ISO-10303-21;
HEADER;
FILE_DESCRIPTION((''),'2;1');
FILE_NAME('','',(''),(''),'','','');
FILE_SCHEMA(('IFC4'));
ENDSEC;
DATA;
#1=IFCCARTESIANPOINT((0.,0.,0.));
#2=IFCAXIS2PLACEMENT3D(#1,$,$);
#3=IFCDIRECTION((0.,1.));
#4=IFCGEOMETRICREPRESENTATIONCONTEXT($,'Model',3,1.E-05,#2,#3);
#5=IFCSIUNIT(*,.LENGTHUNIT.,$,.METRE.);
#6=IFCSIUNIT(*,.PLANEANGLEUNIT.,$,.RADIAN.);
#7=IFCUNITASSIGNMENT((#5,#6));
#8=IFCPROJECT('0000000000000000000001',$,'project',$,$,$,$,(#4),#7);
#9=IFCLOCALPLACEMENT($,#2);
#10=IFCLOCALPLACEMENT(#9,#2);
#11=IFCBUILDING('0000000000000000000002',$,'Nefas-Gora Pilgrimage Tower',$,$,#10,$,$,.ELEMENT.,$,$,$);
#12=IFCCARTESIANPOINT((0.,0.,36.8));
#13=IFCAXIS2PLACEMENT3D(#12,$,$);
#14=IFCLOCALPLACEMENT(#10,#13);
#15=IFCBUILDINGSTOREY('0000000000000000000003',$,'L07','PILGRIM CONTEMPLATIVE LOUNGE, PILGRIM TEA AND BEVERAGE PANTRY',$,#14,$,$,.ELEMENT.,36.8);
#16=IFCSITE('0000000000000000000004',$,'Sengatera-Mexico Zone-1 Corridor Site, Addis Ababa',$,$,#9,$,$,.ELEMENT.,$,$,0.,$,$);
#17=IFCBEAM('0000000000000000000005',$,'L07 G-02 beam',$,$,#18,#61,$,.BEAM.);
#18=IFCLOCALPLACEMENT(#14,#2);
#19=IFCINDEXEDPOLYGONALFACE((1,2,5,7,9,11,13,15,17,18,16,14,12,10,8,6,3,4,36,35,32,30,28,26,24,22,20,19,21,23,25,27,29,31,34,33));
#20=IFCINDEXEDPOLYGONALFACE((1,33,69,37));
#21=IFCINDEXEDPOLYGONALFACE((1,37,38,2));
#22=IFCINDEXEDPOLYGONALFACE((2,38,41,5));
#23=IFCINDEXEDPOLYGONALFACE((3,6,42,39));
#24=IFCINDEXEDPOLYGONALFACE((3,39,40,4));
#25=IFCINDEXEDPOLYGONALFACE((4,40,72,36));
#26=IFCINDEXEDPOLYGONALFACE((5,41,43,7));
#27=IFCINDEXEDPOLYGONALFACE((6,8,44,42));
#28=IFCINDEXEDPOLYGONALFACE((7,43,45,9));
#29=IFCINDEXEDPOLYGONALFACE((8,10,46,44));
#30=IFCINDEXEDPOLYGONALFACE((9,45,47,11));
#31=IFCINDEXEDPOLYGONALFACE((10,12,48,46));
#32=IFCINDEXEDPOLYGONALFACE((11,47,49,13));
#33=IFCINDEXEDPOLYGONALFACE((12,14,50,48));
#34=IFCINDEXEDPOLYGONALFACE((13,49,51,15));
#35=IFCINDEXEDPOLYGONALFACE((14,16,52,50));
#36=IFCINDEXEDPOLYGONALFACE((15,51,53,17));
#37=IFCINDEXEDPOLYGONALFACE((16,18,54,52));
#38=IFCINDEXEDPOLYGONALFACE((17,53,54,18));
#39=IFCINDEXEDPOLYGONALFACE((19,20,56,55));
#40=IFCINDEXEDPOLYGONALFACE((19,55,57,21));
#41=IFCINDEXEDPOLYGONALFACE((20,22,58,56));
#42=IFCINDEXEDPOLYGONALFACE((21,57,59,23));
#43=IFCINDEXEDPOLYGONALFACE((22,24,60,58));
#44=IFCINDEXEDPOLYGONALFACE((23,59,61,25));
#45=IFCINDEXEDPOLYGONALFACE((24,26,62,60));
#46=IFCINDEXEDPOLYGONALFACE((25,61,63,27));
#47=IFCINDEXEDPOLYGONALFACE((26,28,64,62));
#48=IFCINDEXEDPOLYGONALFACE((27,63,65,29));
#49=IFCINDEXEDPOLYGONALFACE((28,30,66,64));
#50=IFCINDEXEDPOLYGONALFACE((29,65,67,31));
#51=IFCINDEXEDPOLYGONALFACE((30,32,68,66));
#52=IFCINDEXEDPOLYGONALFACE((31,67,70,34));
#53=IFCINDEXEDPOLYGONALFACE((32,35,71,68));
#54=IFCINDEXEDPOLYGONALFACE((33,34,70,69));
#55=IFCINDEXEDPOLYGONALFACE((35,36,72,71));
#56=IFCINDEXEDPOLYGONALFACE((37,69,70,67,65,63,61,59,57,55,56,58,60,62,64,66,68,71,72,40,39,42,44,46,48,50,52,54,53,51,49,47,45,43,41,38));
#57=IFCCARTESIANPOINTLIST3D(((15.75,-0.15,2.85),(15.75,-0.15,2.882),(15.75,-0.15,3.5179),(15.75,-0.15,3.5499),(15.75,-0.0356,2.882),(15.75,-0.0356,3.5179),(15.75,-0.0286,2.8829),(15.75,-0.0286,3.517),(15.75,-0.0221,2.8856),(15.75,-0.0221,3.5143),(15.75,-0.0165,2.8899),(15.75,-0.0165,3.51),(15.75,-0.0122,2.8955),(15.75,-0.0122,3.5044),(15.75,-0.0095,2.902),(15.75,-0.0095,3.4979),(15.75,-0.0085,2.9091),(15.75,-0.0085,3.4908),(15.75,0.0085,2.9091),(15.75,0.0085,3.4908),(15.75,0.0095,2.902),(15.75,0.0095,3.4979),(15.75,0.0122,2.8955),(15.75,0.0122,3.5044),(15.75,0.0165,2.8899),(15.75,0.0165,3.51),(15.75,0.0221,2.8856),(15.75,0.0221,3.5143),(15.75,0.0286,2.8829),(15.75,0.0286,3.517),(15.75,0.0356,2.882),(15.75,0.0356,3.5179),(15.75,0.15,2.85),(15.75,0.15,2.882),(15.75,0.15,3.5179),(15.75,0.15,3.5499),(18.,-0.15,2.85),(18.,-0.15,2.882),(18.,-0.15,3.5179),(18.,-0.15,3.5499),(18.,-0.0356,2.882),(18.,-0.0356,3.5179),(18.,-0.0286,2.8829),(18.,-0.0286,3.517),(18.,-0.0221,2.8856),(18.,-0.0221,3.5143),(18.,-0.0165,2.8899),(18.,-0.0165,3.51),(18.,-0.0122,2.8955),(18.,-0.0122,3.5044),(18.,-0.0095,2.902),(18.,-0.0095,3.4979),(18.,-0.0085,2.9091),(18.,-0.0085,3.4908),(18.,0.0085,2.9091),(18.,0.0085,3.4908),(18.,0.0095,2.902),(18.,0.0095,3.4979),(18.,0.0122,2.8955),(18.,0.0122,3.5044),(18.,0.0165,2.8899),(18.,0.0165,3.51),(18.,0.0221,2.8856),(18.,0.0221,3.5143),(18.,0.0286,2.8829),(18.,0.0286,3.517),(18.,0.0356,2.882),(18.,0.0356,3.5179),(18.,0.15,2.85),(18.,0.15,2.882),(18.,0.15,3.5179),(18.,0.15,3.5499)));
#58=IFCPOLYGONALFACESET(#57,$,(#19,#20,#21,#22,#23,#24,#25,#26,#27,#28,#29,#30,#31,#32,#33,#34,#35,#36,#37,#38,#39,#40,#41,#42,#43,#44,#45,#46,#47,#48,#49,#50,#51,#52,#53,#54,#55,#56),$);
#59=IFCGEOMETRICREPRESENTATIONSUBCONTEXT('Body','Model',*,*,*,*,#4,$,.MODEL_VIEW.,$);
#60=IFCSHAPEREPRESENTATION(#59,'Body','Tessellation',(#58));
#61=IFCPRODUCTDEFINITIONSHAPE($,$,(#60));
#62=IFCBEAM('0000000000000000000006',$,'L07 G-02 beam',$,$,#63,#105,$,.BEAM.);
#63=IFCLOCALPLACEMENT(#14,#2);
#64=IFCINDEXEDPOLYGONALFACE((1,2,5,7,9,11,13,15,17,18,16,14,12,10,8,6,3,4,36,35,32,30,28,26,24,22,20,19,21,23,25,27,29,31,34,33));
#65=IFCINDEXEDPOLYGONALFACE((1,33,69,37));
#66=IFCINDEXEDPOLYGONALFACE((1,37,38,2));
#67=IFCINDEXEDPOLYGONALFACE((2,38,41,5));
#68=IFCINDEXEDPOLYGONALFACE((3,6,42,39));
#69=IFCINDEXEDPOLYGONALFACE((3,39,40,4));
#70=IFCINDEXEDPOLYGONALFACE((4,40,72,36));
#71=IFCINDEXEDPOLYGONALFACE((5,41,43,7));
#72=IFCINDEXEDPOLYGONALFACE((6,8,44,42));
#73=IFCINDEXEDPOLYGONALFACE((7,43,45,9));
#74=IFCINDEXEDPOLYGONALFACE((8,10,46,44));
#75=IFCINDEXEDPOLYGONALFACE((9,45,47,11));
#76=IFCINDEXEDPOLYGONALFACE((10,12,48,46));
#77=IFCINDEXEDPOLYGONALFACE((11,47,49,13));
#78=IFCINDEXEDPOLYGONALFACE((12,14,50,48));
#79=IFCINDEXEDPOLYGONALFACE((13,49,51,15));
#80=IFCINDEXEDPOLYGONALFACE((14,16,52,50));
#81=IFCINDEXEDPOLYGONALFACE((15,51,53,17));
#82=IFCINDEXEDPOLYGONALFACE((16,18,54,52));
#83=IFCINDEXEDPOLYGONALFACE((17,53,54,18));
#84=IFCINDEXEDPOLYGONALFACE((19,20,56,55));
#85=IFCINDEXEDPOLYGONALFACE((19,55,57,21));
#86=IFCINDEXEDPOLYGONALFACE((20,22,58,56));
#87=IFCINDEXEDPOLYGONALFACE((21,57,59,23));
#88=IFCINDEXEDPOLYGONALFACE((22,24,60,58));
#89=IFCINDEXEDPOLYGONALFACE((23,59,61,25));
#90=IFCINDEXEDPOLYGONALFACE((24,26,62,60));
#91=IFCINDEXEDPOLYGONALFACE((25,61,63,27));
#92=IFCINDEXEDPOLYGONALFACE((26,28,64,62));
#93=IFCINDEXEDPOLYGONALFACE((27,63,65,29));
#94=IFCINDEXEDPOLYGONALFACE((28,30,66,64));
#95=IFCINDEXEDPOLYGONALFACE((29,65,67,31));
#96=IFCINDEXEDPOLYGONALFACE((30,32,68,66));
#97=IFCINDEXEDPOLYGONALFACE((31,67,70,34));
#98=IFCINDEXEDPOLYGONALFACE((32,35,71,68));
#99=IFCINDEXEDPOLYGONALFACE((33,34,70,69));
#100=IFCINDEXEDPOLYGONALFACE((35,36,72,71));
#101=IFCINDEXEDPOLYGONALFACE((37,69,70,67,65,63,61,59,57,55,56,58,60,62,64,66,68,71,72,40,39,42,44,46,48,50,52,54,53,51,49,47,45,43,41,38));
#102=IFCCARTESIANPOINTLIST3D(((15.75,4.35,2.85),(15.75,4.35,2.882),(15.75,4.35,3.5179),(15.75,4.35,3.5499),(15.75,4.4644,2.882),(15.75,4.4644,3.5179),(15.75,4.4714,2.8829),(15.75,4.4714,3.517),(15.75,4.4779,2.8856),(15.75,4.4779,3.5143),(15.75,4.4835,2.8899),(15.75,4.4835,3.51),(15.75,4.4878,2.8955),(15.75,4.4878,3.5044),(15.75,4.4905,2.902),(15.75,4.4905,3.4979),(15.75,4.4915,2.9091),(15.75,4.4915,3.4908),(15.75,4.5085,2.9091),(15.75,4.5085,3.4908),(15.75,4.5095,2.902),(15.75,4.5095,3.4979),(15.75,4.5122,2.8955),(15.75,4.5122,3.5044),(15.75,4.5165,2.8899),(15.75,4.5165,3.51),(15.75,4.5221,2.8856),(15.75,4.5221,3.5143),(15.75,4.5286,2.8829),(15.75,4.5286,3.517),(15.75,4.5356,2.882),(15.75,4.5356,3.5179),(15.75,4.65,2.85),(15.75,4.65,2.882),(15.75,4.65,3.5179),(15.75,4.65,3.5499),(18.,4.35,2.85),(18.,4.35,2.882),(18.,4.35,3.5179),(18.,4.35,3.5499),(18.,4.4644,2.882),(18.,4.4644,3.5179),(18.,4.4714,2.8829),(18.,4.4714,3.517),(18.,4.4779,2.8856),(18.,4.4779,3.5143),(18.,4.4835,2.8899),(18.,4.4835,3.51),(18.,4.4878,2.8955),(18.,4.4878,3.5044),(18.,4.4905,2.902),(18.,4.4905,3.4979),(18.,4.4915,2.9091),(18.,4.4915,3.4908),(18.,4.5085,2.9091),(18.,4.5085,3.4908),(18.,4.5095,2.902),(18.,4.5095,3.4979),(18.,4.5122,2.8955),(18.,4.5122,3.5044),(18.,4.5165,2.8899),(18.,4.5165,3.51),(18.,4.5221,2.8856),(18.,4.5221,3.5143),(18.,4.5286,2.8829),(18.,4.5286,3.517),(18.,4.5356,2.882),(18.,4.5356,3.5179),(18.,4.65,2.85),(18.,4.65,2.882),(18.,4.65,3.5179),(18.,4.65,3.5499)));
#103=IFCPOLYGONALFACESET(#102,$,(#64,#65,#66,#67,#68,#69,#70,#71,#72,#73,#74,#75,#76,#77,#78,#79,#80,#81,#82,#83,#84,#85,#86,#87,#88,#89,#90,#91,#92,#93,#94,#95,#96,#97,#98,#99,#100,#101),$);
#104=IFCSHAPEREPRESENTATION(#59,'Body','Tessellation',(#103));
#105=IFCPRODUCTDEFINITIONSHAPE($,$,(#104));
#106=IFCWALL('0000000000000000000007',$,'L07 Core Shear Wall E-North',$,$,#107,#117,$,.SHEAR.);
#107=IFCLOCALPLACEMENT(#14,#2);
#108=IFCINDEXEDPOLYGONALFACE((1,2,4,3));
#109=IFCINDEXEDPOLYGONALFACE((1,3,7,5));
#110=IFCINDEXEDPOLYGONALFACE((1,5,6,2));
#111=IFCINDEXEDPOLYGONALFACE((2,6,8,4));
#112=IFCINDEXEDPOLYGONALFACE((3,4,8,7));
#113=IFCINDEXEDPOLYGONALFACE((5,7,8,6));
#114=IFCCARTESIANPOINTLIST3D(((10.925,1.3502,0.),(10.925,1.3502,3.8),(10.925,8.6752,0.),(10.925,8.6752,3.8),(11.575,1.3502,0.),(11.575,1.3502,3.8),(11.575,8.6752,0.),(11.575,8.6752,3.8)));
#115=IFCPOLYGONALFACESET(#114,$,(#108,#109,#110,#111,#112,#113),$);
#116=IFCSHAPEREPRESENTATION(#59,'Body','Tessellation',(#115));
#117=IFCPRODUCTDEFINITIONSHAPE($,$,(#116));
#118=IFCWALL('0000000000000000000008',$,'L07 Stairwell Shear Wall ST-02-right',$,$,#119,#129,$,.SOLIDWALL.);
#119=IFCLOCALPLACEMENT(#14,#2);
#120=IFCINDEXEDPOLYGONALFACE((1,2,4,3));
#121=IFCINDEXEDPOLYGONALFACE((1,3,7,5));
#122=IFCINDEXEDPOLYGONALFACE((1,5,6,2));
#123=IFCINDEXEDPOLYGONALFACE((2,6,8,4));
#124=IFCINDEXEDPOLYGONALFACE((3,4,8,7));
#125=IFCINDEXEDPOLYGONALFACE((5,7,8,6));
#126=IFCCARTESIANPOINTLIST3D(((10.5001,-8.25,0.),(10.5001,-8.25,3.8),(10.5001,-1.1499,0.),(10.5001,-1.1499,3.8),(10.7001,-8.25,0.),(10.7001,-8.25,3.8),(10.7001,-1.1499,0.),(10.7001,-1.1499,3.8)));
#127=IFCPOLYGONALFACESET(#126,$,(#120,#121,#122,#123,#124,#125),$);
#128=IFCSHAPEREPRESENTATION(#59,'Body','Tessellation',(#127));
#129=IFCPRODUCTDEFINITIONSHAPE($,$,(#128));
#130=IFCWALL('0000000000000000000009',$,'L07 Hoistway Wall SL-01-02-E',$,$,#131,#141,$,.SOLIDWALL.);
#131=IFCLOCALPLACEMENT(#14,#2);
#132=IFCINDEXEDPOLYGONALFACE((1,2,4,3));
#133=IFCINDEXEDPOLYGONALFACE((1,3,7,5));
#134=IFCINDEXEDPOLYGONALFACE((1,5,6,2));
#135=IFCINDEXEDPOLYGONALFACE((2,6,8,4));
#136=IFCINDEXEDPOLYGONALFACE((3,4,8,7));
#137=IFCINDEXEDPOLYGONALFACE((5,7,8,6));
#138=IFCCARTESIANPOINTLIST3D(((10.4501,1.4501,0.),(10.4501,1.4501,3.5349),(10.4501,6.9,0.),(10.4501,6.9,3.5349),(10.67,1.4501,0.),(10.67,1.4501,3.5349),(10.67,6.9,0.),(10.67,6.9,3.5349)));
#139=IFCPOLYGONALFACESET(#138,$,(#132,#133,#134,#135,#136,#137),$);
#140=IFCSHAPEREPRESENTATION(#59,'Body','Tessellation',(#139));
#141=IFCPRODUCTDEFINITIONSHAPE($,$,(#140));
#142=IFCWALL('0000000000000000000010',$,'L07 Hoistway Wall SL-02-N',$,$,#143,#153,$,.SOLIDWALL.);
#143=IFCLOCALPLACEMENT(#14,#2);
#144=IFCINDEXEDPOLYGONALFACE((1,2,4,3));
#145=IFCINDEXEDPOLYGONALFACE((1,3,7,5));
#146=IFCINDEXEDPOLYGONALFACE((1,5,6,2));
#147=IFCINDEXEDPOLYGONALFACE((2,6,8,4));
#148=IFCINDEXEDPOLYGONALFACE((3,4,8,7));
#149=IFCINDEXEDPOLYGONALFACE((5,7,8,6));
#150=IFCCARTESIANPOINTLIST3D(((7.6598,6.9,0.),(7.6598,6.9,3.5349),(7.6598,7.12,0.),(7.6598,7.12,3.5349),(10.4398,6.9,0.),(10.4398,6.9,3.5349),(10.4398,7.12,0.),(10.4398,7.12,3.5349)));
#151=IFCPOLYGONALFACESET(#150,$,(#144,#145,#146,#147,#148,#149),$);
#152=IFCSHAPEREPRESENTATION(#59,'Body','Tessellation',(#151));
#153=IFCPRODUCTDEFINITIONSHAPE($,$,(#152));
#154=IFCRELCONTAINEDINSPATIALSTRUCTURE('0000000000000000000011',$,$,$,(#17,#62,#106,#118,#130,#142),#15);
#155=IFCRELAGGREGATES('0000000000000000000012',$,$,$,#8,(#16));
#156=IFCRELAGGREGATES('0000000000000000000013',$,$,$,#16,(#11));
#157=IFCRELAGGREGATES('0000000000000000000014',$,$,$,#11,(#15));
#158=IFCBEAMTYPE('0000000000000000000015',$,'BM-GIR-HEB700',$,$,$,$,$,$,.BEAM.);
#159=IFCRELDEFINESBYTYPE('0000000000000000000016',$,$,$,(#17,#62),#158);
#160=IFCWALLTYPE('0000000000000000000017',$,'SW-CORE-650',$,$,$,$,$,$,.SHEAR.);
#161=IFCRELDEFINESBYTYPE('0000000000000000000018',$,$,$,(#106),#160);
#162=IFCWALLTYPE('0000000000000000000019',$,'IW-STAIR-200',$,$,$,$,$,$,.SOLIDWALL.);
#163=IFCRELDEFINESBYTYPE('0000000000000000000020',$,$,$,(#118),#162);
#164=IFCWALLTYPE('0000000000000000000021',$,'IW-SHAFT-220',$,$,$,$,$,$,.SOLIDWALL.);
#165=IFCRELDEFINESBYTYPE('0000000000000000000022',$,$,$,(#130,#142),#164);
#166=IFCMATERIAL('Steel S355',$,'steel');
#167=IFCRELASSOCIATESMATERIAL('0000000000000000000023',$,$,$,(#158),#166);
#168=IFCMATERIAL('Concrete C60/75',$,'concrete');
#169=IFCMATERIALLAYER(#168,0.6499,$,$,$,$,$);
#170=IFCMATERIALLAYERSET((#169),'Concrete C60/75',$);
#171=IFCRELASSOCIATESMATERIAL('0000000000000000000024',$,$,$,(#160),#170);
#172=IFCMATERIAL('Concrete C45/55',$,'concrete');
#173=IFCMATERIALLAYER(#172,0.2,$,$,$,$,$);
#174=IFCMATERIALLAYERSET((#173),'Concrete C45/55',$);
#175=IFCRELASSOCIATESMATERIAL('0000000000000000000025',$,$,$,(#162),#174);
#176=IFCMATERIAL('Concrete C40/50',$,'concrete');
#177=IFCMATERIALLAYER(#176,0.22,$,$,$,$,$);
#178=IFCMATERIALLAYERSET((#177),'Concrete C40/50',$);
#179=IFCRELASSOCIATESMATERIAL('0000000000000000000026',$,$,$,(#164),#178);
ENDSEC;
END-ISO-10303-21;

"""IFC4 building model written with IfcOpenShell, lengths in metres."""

from ifc_helpers import new_model, si_unit, direction, frame, frame_2d, origin, origin_2d, place, context, subcontext, project, spatial, rectangle, i_section, extrude, source, transform, mapped, material, layer, layer_set, material_profile, profile_set, type_object, element, save


model = new_model("IFC4")

# Units and contexts
model_context = context("Model", 3, precision=1e-05, world=origin(), true_north=direction((0.0, 1.0)))
body_context = subcontext(model_context, "Body", "Model", "MODEL_VIEW")
ifc_project = project(units=[si_unit("LENGTHUNIT", "METRE"), si_unit("PLANEANGLEUNIT", "RADIAN")], contexts=[model_context])

# Site, building, storey
site_placement = place(None, origin())
site = spatial("IfcSite", under=ifc_project, at=site_placement, Name="Sengatera-Mexico Zone-1 Corridor Site, Addis Ababa", CompositionType="ELEMENT", RefElevation=0.0)
building_placement = place(site_placement, origin())
building = spatial("IfcBuilding", under=site, at=building_placement, Name="Nefas-Gora Pilgrimage Tower", CompositionType="ELEMENT")
storey_placement = place(building_placement, frame((0.0, 0.0, 36.8)))
storey = spatial("IfcBuildingStorey", under=building, at=storey_placement, Name="L07", Description="PILGRIM CONTEMPLATIVE LOUNGE, PILGRIM TEA AND BEVERAGE PANTRY", CompositionType="ELEMENT", Elevation=36.8)

# Beams
ifc_material_1 = material(Name="Steel S355", Category="steel")
ifc_material_profile_1 = material_profile(ifc_material_1, i_section(OverallWidth=0.3, OverallDepth=0.7, WebThickness=0.0171, FlangeThickness=0.032, FilletRadius=0.0271, at=origin_2d()), Name="HEB 700")
ifc_profile_set_1 = profile_set([ifc_material_profile_1], Name="Steel S355")
beam_type = type_object("IfcBeamType", Name="BM-GIR-HEB700", PredefinedType="BEAM", material=ifc_profile_set_1)
shared_shape_1 = source(origin(), body_context, "Body", "SweptSolid", [
    extrude(i_section(OverallWidth=0.3, OverallDepth=0.7, WebThickness=0.0171, FlangeThickness=0.032, FilletRadius=0.0271, at=origin_2d()), origin(), (0.0, 0.0, 1.0), 2.25),
])
for number, where, z_axis, x_axis, name in (
    (1, (15.75, 0.0, 3.2), (1.0, 0.0, 0.0), (0.0, 1.0, 0.0), "L07 G-02 beam"),
    (2, (15.75, 4.5, 3.2), (1.0, 0.0, 0.0), (0.0, 1.0, 0.0), "L07 G-02 beam"),
):
    element("IfcBeam", number, at=place(storey_placement, frame(where, z_axis=z_axis, x_axis=x_axis)), inside=storey, type_object=beam_type, Name=name, PredefinedType="BEAM", context=body_context, shape_type="MappedRepresentation", body=[
        mapped(shared_shape_1, transform((0.0, 0.0, 0.0), x_axis=(1.0, 0.0, 0.0), y_axis=(0.0, 1.0, 0.0), z_axis=(0.0, 0.0, 1.0), scale=1.0)),
    ])

# Walls
ifc_material_2 = material(Name="Concrete C60/75", Category="concrete")
ifc_layer_1 = layer(ifc_material_2, 0.6499)
ifc_layer_set_1 = layer_set([ifc_layer_1], Name="Concrete C60/75")
wall_type_1 = type_object("IfcWallType", Name="SW-CORE-650", PredefinedType="SHEAR", material=ifc_layer_set_1)
shared_shape_2 = source(origin(), body_context, "Body", "SweptSolid", [
    extrude(rectangle(XDim=7.325, YDim=0.6499, at=frame_2d((3.6626, 0.0))), origin(), (0.0, 0.0, 1.0), 3.8),
])
wall_1_placement = place(storey_placement, frame((11.25, 1.3501, 0.0), z_axis=(0.0, 0.0, 1.0), x_axis=(0.0, 1.0, 0.0)))
element("IfcWall", 3, at=wall_1_placement, inside=storey, type_object=wall_type_1, Name="L07 Core Shear Wall E-North", PredefinedType="SHEAR", context=body_context, shape_type="MappedRepresentation", body=[
    mapped(shared_shape_2, transform((0.0, 0.0, 0.0), x_axis=(1.0, 0.0, 0.0), y_axis=(0.0, 1.0, 0.0), z_axis=(0.0, 0.0, 1.0), scale=1.0)),
])
ifc_material_3 = material(Name="Concrete C45/55", Category="concrete")
ifc_layer_2 = layer(ifc_material_3, 0.2)
ifc_layer_set_2 = layer_set([ifc_layer_2], Name="Concrete C45/55")
wall_type_2 = type_object("IfcWallType", Name="IW-STAIR-200", PredefinedType="SOLIDWALL", material=ifc_layer_set_2)
shared_shape_3 = source(origin(), body_context, "Body", "SweptSolid", [
    extrude(rectangle(XDim=7.1001, YDim=0.2, at=frame_2d((3.55, 0.0))), origin(), (0.0, 0.0, 1.0), 3.8),
])
wall_2_placement = place(storey_placement, frame((10.6001, -1.1499, 0.0), z_axis=(0.0, 0.0, 1.0), x_axis=(0.0, -1.0, 0.0)))
element("IfcWall", 4, at=wall_2_placement, inside=storey, type_object=wall_type_2, Name="L07 Stairwell Shear Wall ST-02-right", PredefinedType="SOLIDWALL", context=body_context, shape_type="MappedRepresentation", body=[
    mapped(shared_shape_3, transform((0.0, 0.0, 0.0), x_axis=(1.0, 0.0, 0.0), y_axis=(0.0, 1.0, 0.0), z_axis=(0.0, 0.0, 1.0), scale=1.0)),
])
ifc_material_4 = material(Name="Concrete C40/50", Category="concrete")
ifc_layer_3 = layer(ifc_material_4, 0.22)
ifc_layer_set_3 = layer_set([ifc_layer_3], Name="Concrete C40/50")
wall_type_3 = type_object("IfcWallType", Name="IW-SHAFT-220", PredefinedType="SOLIDWALL", material=ifc_layer_set_3)
shared_shape_4 = source(origin(), body_context, "Body", "SweptSolid", [
    extrude(rectangle(XDim=5.45, YDim=0.22, at=frame_2d((2.7251, 0.0))), origin(), (0.0, 0.0, 1.0), 3.5349),
])
wall_3_placement = place(storey_placement, frame((10.5601, 1.45, 0.0), z_axis=(0.0, 0.0, 1.0), x_axis=(0.0, 1.0, 0.0)))
element("IfcWall", 5, at=wall_3_placement, inside=storey, type_object=wall_type_3, Name="L07 Hoistway Wall SL-01-02-E", PredefinedType="SOLIDWALL", context=body_context, shape_type="MappedRepresentation", body=[
    mapped(shared_shape_4, transform((0.0, 0.0, 0.0), x_axis=(1.0, 0.0, 0.0), y_axis=(0.0, 1.0, 0.0), z_axis=(0.0, 0.0, 1.0), scale=1.0)),
])
shared_shape_5 = source(origin(), body_context, "Body", "SweptSolid", [
    extrude(rectangle(XDim=2.78, YDim=0.22, at=frame_2d((1.3901, 0.0))), origin(), (0.0, 0.0, 1.0), 3.5349),
])
wall_4_placement = place(storey_placement, frame((10.4399, 7.01, 0.0), z_axis=(0.0, 0.0, 1.0), x_axis=(-1.0, 0.0, 0.0)))
element("IfcWall", 6, at=wall_4_placement, inside=storey, type_object=wall_type_3, Name="L07 Hoistway Wall SL-02-N", PredefinedType="SOLIDWALL", context=body_context, shape_type="MappedRepresentation", body=[
    mapped(shared_shape_5, transform((0.0, 0.0, 0.0), x_axis=(1.0, 0.0, 0.0), y_axis=(0.0, 1.0, 0.0), z_axis=(0.0, 0.0, 1.0), scale=1.0)),
])

save(model, "model.ifc")
